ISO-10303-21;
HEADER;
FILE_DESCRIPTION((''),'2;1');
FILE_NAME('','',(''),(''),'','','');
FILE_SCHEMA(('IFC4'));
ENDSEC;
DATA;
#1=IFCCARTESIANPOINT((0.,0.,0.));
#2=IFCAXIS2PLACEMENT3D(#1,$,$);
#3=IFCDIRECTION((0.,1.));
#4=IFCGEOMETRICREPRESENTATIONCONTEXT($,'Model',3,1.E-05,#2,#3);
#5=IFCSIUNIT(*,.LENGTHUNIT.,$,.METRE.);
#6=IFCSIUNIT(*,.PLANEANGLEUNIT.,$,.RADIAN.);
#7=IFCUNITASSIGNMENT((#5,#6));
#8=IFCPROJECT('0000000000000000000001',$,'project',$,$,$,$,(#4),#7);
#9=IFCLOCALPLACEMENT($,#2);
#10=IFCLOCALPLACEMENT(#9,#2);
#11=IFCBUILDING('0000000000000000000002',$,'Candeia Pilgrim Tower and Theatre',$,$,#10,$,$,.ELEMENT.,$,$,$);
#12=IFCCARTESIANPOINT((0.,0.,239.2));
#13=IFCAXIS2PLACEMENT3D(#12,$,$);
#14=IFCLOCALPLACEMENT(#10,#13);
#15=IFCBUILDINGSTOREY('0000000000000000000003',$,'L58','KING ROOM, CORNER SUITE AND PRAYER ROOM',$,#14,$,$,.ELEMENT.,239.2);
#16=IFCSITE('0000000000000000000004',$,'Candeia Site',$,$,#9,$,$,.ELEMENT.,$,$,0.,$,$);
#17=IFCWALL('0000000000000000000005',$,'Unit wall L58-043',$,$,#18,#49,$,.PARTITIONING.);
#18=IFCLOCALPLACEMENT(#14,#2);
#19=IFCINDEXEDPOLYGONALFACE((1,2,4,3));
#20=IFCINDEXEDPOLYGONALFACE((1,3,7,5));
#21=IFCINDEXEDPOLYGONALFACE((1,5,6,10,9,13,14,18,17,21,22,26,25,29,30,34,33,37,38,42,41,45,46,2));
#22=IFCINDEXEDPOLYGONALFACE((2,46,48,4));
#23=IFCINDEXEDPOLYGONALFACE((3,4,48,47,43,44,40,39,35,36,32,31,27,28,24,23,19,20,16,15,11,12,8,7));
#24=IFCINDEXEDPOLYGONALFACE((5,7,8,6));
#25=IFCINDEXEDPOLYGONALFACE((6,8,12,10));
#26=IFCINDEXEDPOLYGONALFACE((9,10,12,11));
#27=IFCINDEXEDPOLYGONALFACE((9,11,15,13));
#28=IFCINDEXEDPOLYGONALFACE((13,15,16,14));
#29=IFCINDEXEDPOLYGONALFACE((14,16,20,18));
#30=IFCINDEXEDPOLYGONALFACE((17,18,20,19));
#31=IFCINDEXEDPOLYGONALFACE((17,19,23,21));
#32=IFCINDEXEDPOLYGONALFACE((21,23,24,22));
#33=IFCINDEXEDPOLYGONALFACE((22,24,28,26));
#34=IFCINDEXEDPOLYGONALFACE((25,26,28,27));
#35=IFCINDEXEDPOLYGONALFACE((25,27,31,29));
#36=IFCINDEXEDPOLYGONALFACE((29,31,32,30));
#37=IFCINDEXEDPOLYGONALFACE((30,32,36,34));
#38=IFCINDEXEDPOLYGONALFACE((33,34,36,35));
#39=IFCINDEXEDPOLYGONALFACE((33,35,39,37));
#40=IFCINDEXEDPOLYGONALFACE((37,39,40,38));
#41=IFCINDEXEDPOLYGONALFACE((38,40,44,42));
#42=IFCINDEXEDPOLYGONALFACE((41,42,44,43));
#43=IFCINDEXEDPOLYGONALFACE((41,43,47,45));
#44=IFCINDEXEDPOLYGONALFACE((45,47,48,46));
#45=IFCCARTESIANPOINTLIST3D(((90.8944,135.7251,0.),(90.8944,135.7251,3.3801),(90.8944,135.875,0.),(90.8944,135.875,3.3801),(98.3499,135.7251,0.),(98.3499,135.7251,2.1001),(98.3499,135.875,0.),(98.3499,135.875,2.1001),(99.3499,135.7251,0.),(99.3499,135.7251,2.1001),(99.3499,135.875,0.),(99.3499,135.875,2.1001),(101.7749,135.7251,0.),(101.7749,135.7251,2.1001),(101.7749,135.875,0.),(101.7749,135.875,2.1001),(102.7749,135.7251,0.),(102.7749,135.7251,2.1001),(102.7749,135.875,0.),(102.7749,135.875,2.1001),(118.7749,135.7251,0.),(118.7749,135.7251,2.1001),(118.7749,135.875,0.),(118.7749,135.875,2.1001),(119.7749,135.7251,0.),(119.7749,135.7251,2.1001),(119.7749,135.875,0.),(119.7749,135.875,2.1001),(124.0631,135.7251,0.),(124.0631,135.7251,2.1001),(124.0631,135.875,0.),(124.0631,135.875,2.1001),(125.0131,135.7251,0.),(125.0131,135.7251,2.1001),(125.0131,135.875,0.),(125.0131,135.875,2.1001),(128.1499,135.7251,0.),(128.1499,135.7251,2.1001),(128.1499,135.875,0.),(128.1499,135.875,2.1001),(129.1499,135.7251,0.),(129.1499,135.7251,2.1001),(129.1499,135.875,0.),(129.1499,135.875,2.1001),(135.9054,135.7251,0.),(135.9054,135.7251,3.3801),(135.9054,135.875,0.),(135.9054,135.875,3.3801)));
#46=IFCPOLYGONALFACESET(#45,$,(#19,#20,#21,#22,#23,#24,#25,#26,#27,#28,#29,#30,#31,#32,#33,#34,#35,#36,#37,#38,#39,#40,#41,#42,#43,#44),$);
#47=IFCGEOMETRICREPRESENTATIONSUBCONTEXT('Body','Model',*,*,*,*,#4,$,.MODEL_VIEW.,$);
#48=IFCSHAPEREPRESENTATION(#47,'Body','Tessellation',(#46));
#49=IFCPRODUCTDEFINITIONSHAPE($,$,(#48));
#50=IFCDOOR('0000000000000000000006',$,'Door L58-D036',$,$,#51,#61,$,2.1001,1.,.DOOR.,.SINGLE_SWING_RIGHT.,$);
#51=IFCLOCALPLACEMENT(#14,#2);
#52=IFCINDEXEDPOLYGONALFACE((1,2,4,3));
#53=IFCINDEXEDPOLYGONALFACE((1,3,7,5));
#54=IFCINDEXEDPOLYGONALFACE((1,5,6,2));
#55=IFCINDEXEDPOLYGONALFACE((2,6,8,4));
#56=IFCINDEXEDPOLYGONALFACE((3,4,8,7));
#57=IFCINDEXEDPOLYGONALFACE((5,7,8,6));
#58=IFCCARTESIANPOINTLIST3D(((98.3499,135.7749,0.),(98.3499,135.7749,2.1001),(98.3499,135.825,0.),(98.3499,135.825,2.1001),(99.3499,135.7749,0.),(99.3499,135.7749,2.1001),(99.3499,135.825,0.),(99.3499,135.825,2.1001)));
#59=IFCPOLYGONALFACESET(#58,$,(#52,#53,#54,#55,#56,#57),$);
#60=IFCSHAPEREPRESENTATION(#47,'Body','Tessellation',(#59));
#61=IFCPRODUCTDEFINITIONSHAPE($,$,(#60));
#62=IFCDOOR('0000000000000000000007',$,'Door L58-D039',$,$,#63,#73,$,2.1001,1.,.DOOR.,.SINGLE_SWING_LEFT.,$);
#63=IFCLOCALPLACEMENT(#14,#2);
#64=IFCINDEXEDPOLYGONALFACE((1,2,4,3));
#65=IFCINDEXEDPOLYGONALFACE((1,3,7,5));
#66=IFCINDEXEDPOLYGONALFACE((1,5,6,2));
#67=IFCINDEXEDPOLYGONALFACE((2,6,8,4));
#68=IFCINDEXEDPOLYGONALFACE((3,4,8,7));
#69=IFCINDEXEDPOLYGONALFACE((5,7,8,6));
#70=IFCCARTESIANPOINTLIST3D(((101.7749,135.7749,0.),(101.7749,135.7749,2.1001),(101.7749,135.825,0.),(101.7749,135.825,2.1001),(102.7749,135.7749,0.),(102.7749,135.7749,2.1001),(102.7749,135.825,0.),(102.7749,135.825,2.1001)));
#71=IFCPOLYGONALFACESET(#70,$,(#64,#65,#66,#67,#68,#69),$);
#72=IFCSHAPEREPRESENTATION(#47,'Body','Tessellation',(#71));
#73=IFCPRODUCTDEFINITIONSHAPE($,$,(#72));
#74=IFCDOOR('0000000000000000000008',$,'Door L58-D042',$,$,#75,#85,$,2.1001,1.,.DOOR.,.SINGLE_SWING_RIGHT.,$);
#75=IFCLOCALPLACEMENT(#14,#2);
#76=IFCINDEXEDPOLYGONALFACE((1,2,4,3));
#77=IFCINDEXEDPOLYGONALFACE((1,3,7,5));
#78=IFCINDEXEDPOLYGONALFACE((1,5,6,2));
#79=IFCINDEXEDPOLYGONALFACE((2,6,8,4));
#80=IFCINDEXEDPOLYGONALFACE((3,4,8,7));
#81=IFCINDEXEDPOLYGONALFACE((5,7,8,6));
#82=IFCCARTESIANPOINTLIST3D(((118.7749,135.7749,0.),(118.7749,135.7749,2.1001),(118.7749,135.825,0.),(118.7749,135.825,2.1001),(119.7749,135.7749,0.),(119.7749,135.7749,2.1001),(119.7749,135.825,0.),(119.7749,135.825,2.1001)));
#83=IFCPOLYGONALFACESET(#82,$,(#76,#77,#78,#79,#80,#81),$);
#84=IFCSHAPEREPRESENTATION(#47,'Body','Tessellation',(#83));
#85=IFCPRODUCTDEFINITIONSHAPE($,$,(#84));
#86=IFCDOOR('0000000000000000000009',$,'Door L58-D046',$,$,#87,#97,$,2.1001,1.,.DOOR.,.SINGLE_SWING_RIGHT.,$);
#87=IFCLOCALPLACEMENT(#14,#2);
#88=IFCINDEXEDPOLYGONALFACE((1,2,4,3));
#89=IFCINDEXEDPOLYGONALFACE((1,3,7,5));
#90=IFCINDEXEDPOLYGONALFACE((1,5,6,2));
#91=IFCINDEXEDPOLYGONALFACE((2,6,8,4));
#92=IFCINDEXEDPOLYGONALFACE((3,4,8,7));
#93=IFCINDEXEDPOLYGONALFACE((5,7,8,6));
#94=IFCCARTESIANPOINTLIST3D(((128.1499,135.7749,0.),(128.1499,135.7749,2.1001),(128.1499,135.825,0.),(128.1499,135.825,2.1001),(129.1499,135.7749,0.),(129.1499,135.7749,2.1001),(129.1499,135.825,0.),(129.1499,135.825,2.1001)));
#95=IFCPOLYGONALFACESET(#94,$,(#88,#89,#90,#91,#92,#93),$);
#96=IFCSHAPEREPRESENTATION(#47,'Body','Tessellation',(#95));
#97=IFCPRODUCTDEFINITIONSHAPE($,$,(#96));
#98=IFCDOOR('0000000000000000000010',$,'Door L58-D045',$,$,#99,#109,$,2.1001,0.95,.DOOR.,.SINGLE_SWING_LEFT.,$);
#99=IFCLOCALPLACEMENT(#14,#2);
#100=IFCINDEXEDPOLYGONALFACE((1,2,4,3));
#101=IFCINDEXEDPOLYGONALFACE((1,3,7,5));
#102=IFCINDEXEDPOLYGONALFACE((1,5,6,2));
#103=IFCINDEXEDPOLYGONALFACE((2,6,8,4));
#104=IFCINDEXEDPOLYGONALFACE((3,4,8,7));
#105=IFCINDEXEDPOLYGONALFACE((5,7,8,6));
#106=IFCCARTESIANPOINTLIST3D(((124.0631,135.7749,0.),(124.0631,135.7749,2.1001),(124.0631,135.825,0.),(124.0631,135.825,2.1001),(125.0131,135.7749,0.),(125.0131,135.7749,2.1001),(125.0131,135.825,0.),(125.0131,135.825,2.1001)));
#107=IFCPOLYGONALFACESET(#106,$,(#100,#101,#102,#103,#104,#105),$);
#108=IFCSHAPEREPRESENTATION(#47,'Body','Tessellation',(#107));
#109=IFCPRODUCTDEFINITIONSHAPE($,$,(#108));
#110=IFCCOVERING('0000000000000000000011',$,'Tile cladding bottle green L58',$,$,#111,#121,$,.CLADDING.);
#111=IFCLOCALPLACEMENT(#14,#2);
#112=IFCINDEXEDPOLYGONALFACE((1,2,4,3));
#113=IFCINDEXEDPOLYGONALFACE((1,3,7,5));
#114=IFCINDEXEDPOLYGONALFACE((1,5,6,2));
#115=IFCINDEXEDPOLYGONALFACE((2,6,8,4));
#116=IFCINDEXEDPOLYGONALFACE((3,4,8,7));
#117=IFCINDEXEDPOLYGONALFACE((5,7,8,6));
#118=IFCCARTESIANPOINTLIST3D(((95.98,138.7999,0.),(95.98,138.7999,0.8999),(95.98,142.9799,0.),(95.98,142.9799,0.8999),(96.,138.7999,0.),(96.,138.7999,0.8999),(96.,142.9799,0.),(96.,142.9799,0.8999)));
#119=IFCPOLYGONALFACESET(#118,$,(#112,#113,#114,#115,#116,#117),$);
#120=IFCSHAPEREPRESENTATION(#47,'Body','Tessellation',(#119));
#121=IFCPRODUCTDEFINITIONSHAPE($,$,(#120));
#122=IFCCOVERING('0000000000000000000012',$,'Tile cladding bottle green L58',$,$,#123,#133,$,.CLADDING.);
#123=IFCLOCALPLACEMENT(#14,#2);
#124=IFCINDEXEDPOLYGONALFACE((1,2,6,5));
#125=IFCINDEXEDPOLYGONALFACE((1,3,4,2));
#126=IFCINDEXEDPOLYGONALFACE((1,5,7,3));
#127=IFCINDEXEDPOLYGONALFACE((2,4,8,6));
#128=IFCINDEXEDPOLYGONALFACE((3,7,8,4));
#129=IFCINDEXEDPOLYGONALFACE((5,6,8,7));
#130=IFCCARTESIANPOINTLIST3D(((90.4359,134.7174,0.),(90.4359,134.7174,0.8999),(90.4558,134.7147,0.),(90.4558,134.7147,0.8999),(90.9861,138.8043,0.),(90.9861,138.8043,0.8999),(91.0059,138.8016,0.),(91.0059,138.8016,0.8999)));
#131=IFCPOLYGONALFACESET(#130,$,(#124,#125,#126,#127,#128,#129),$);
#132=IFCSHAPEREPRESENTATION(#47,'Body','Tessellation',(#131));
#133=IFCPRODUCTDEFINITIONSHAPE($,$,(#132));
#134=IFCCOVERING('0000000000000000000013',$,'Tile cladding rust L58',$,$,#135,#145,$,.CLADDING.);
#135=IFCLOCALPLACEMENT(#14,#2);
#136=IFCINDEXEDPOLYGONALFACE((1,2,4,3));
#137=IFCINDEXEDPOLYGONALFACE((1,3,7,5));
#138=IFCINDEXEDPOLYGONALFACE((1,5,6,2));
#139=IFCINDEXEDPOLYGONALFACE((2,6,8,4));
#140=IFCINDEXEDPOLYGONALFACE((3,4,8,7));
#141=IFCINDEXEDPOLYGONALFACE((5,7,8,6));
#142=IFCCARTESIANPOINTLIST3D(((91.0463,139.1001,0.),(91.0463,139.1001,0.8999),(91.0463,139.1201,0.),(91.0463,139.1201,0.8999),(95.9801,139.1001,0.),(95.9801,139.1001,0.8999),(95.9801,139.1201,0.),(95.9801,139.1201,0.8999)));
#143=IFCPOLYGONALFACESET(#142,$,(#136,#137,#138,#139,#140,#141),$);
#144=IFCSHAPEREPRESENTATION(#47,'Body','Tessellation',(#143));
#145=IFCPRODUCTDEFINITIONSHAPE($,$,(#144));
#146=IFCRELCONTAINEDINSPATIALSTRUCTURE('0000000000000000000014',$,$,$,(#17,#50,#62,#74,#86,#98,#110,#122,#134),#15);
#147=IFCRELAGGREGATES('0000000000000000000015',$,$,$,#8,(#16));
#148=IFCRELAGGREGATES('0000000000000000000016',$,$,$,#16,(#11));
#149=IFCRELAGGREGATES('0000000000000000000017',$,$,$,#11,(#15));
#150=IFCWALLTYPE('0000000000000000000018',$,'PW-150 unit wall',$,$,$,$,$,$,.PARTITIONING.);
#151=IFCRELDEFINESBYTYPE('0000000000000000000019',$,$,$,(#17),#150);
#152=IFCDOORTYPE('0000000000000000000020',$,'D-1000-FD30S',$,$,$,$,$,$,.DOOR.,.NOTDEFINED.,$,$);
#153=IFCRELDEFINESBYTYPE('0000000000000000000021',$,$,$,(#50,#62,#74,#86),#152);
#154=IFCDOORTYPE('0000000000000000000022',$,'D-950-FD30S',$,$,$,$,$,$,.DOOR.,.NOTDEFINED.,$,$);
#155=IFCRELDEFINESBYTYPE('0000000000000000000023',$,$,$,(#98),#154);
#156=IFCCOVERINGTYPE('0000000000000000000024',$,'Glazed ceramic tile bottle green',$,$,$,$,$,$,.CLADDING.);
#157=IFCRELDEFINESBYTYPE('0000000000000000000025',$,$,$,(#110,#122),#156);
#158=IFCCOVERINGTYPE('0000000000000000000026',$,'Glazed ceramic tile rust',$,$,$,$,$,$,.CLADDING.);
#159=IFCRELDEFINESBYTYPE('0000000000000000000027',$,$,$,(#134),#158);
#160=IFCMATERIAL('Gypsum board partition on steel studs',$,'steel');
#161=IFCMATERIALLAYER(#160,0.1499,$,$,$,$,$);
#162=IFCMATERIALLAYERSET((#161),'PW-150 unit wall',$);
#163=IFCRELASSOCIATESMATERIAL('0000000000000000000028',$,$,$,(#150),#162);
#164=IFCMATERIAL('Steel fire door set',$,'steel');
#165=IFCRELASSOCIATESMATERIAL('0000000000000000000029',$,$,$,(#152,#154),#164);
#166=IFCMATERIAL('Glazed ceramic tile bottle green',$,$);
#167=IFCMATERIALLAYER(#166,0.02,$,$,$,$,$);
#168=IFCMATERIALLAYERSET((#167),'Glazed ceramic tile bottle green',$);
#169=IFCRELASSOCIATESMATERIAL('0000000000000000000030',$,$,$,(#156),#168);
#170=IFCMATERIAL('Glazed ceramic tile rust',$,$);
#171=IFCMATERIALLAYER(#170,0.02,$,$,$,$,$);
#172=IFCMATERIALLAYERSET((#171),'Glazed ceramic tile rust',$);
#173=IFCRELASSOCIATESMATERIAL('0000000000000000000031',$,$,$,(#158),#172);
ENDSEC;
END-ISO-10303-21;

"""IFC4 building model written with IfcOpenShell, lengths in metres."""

from ifc_helpers import new_model, si_unit, direction, frame, frame_2d, origin, origin_2d, place, context, subcontext, project, spatial, rectangle, extrude, material, layer, layer_set, type_object, element, fill, save


model = new_model("IFC4")

# Units and contexts
model_context = context("Model", 3, precision=1e-05, world=origin(), true_north=direction((0.0, 1.0)))
body_context = subcontext(model_context, "Body", "Model", "MODEL_VIEW")
ifc_project = project(units=[si_unit("LENGTHUNIT", "METRE"), si_unit("PLANEANGLEUNIT", "RADIAN")], contexts=[model_context])

# Site, building, storey
site_placement = place(None, origin())
site = spatial("IfcSite", under=ifc_project, at=site_placement, Name="Candeia Site", CompositionType="ELEMENT", RefElevation=0.0)
building_placement = place(site_placement, origin())
building = spatial("IfcBuilding", under=site, at=building_placement, Name="Candeia Pilgrim Tower and Theatre", CompositionType="ELEMENT")
storey_placement = place(building_placement, frame((0.0, 0.0, 239.2)))
storey = spatial("IfcBuildingStorey", under=building, at=storey_placement, Name="L58", Description="KING ROOM, CORNER SUITE AND PRAYER ROOM", CompositionType="ELEMENT", Elevation=239.2)

# Shared definitions
ifc_material_1 = material(Name="Gypsum board partition on steel studs", Category="steel")

# Wall, openings, doors
ifc_layer_1 = layer(ifc_material_1, 0.1499)
ifc_layer_set_1 = layer_set([ifc_layer_1], Name="PW-150 unit wall")
wall_type_1 = type_object("IfcWallType", Name="PW-150 unit wall", PredefinedType="PARTITIONING", material=ifc_layer_set_1)
wall_1_placement = place(storey_placement, frame((90.8945, 135.8, 0.0), z_axis=(0.0, 0.0, 1.0), x_axis=(1.0, 0.0, 0.0)))
wall_1 = element("IfcWall", 1, at=wall_1_placement, inside=storey, type_object=wall_type_1, Name="Unit wall L58-043", PredefinedType="PARTITIONING", context=body_context, shape_type="SweptSolid", body=[
    extrude(rectangle(XDim=45.011, YDim=0.1499, at=frame_2d((22.5054, 0.0))), origin(), (0.0, 0.0, 1.0), 3.3801),
])
opening_1_placement = place(wall_1_placement, frame((7.4553, 0.0, 0.0)))
opening_1 = element("IfcOpeningElement", 2, at=opening_1_placement, cuts=wall_1, PredefinedType="OPENING", context=body_context, shape_type="SweptSolid", body=[
    extrude(rectangle(XDim=1.0, YDim=2.1001, at=frame_2d((0.5, 1.05))), frame((0.0, 0.085, 0.0), z_axis=(0.0, -1.0, 0.0), x_axis=(1.0, 0.0, 0.0)), (0.0, 0.0, 1.0), 0.1699),
])
opening_2_placement = place(wall_1_placement, frame((10.8804, 0.0, 0.0)))
opening_2 = element("IfcOpeningElement", 3, at=opening_2_placement, cuts=wall_1, PredefinedType="OPENING", context=body_context, shape_type="SweptSolid", body=[
    extrude(rectangle(XDim=1.0, YDim=2.1001, at=frame_2d((0.5, 1.05))), frame((0.0, 0.085, 0.0), z_axis=(0.0, -1.0, 0.0), x_axis=(1.0, 0.0, 0.0)), (0.0, 0.0, 1.0), 0.1699),
])
opening_3_placement = place(wall_1_placement, frame((27.8804, 0.0, 0.0)))
opening_3 = element("IfcOpeningElement", 4, at=opening_3_placement, cuts=wall_1, PredefinedType="OPENING", context=body_context, shape_type="SweptSolid", body=[
    extrude(rectangle(XDim=1.0, YDim=2.1001, at=frame_2d((0.5, 1.05))), frame((0.0, 0.085, 0.0), z_axis=(0.0, -1.0, 0.0), x_axis=(1.0, 0.0, 0.0)), (0.0, 0.0, 1.0), 0.1699),
])
opening_4_placement = place(wall_1_placement, frame((33.1685, 0.0, 0.0)))
opening_4 = element("IfcOpeningElement", 5, at=opening_4_placement, cuts=wall_1, PredefinedType="OPENING", context=body_context, shape_type="SweptSolid", body=[
    extrude(rectangle(XDim=0.95, YDim=2.1001, at=frame_2d((0.4751, 1.05))), frame((0.0, 0.085, 0.0), z_axis=(0.0, -1.0, 0.0), x_axis=(1.0, 0.0, 0.0)), (0.0, 0.0, 1.0), 0.1699),
])
opening_5_placement = place(wall_1_placement, frame((37.2554, 0.0, 0.0)))
opening_5 = element("IfcOpeningElement", 6, at=opening_5_placement, cuts=wall_1, PredefinedType="OPENING", context=body_context, shape_type="SweptSolid", body=[
    extrude(rectangle(XDim=1.0, YDim=2.1001, at=frame_2d((0.5, 1.05))), frame((0.0, 0.085, 0.0), z_axis=(0.0, -1.0, 0.0), x_axis=(1.0, 0.0, 0.0)), (0.0, 0.0, 1.0), 0.1699),
])
ifc_material_2 = material(Name="Steel fire door set", Category="steel")
door_type_1 = type_object("IfcDoorType", Name="D-1000-FD30S", OperationType="NOTDEFINED", PredefinedType="DOOR", material=ifc_material_2)
door_1_placement = place(opening_1_placement, origin())
door_1 = element("IfcDoor", 7, at=door_1_placement, inside=storey, type_object=door_type_1, Name="Door L58-D036", OperationType="SINGLE_SWING_RIGHT", OverallHeight=2.1001, OverallWidth=1.0, PredefinedType="DOOR", context=body_context, shape_type="SweptSolid", body=[
    extrude(rectangle(XDim=1.0, YDim=2.1001, at=frame_2d((0.5, 1.05))), frame((0.0, 0.0249, 0.0), z_axis=(0.0, -1.0, 0.0), x_axis=(1.0, 0.0, 0.0)), (0.0, 0.0, 1.0), 0.05),
])
fill(opening_1, door_1)
door_2_placement = place(opening_2_placement, origin())
door_2 = element("IfcDoor", 8, at=door_2_placement, inside=storey, type_object=door_type_1, Name="Door L58-D039", OperationType="SINGLE_SWING_LEFT", OverallHeight=2.1001, OverallWidth=1.0, PredefinedType="DOOR", context=body_context, shape_type="SweptSolid", body=[
    extrude(rectangle(XDim=1.0, YDim=2.1001, at=frame_2d((0.5, 1.05))), frame((0.0, 0.0249, 0.0), z_axis=(0.0, -1.0, 0.0), x_axis=(1.0, 0.0, 0.0)), (0.0, 0.0, 1.0), 0.05),
])
fill(opening_2, door_2)
door_3_placement = place(opening_3_placement, origin())
door_3 = element("IfcDoor", 9, at=door_3_placement, inside=storey, type_object=door_type_1, Name="Door L58-D042", OperationType="SINGLE_SWING_RIGHT", OverallHeight=2.1001, OverallWidth=1.0, PredefinedType="DOOR", context=body_context, shape_type="SweptSolid", body=[
    extrude(rectangle(XDim=1.0, YDim=2.1001, at=frame_2d((0.5, 1.05))), frame((0.0, 0.0249, 0.0), z_axis=(0.0, -1.0, 0.0), x_axis=(1.0, 0.0, 0.0)), (0.0, 0.0, 1.0), 0.05),
])
fill(opening_3, door_3)
door_4_placement = place(opening_5_placement, origin())
door_4 = element("IfcDoor", 10, at=door_4_placement, inside=storey, type_object=door_type_1, Name="Door L58-D046", OperationType="SINGLE_SWING_RIGHT", OverallHeight=2.1001, OverallWidth=1.0, PredefinedType="DOOR", context=body_context, shape_type="SweptSolid", body=[
    extrude(rectangle(XDim=1.0, YDim=2.1001, at=frame_2d((0.5, 1.05))), frame((0.0, 0.0249, 0.0), z_axis=(0.0, -1.0, 0.0), x_axis=(1.0, 0.0, 0.0)), (0.0, 0.0, 1.0), 0.05),
])
fill(opening_5, door_4)
door_type_2 = type_object("IfcDoorType", Name="D-950-FD30S", OperationType="NOTDEFINED", PredefinedType="DOOR", material=ifc_material_2)
door_5_placement = place(opening_4_placement, origin())
door_5 = element("IfcDoor", 11, at=door_5_placement, inside=storey, type_object=door_type_2, Name="Door L58-D045", OperationType="SINGLE_SWING_LEFT", OverallHeight=2.1001, OverallWidth=0.95, PredefinedType="DOOR", context=body_context, shape_type="SweptSolid", body=[
    extrude(rectangle(XDim=0.95, YDim=2.1001, at=frame_2d((0.4751, 1.05))), frame((0.0, 0.0249, 0.0), z_axis=(0.0, -1.0, 0.0), x_axis=(1.0, 0.0, 0.0)), (0.0, 0.0, 1.0), 0.05),
])
fill(opening_4, door_5)

# Coverings
ifc_material_3 = material(Name="Glazed ceramic tile bottle green")
ifc_layer_2 = layer(ifc_material_3, 0.02)
ifc_layer_set_2 = layer_set([ifc_layer_2], Name="Glazed ceramic tile bottle green")
covering_type_1 = type_object("IfcCoveringType", Name="Glazed ceramic tile bottle green", PredefinedType="CLADDING", material=ifc_layer_set_2)
covering_1_placement = place(storey_placement, frame((95.99, 140.8899, 0.0), z_axis=(0.0, 0.0, 1.0), x_axis=(0.0, -1.0, 0.0)))
element("IfcCovering", 12, at=covering_1_placement, inside=storey, type_object=covering_type_1, Name="Tile cladding bottle green L58", PredefinedType="CLADDING", context=body_context, shape_type="SweptSolid", body=[
    extrude(rectangle(XDim=4.1799, YDim=0.02, at=origin_2d()), origin(), (0.0, 0.0, 1.0), 0.8999),
])
covering_2_placement = place(storey_placement, frame((90.7209, 136.7595, 0.0), z_axis=(0.0, 0.0, 1.0), x_axis=(-0.133412, -0.991061, 0.0)))
element("IfcCovering", 13, at=covering_2_placement, inside=storey, type_object=covering_type_1, Name="Tile cladding bottle green L58", PredefinedType="CLADDING", context=body_context, shape_type="SweptSolid", body=[
    extrude(rectangle(XDim=4.1238, YDim=0.02, at=origin_2d()), origin(), (0.0, 0.0, 1.0), 0.8999),
])
ifc_material_4 = material(Name="Glazed ceramic tile rust")
ifc_layer_3 = layer(ifc_material_4, 0.02)
ifc_layer_set_3 = layer_set([ifc_layer_3], Name="Glazed ceramic tile rust")
covering_type_2 = type_object("IfcCoveringType", Name="Glazed ceramic tile rust", PredefinedType="CLADDING", material=ifc_layer_set_3)
covering_3_placement = place(storey_placement, frame((93.5132, 139.1101, 0.0), z_axis=(0.0, 0.0, 1.0), x_axis=(-1.0, 0.0, 0.0)))
element("IfcCovering", 14, at=covering_3_placement, inside=storey, type_object=covering_type_2, Name="Tile cladding rust L58", PredefinedType="CLADDING", context=body_context, shape_type="SweptSolid", body=[
    extrude(rectangle(XDim=4.9338, YDim=0.02, at=origin_2d()), origin(), (0.0, 0.0, 1.0), 0.8999),
])

save(model, "model.ifc")
